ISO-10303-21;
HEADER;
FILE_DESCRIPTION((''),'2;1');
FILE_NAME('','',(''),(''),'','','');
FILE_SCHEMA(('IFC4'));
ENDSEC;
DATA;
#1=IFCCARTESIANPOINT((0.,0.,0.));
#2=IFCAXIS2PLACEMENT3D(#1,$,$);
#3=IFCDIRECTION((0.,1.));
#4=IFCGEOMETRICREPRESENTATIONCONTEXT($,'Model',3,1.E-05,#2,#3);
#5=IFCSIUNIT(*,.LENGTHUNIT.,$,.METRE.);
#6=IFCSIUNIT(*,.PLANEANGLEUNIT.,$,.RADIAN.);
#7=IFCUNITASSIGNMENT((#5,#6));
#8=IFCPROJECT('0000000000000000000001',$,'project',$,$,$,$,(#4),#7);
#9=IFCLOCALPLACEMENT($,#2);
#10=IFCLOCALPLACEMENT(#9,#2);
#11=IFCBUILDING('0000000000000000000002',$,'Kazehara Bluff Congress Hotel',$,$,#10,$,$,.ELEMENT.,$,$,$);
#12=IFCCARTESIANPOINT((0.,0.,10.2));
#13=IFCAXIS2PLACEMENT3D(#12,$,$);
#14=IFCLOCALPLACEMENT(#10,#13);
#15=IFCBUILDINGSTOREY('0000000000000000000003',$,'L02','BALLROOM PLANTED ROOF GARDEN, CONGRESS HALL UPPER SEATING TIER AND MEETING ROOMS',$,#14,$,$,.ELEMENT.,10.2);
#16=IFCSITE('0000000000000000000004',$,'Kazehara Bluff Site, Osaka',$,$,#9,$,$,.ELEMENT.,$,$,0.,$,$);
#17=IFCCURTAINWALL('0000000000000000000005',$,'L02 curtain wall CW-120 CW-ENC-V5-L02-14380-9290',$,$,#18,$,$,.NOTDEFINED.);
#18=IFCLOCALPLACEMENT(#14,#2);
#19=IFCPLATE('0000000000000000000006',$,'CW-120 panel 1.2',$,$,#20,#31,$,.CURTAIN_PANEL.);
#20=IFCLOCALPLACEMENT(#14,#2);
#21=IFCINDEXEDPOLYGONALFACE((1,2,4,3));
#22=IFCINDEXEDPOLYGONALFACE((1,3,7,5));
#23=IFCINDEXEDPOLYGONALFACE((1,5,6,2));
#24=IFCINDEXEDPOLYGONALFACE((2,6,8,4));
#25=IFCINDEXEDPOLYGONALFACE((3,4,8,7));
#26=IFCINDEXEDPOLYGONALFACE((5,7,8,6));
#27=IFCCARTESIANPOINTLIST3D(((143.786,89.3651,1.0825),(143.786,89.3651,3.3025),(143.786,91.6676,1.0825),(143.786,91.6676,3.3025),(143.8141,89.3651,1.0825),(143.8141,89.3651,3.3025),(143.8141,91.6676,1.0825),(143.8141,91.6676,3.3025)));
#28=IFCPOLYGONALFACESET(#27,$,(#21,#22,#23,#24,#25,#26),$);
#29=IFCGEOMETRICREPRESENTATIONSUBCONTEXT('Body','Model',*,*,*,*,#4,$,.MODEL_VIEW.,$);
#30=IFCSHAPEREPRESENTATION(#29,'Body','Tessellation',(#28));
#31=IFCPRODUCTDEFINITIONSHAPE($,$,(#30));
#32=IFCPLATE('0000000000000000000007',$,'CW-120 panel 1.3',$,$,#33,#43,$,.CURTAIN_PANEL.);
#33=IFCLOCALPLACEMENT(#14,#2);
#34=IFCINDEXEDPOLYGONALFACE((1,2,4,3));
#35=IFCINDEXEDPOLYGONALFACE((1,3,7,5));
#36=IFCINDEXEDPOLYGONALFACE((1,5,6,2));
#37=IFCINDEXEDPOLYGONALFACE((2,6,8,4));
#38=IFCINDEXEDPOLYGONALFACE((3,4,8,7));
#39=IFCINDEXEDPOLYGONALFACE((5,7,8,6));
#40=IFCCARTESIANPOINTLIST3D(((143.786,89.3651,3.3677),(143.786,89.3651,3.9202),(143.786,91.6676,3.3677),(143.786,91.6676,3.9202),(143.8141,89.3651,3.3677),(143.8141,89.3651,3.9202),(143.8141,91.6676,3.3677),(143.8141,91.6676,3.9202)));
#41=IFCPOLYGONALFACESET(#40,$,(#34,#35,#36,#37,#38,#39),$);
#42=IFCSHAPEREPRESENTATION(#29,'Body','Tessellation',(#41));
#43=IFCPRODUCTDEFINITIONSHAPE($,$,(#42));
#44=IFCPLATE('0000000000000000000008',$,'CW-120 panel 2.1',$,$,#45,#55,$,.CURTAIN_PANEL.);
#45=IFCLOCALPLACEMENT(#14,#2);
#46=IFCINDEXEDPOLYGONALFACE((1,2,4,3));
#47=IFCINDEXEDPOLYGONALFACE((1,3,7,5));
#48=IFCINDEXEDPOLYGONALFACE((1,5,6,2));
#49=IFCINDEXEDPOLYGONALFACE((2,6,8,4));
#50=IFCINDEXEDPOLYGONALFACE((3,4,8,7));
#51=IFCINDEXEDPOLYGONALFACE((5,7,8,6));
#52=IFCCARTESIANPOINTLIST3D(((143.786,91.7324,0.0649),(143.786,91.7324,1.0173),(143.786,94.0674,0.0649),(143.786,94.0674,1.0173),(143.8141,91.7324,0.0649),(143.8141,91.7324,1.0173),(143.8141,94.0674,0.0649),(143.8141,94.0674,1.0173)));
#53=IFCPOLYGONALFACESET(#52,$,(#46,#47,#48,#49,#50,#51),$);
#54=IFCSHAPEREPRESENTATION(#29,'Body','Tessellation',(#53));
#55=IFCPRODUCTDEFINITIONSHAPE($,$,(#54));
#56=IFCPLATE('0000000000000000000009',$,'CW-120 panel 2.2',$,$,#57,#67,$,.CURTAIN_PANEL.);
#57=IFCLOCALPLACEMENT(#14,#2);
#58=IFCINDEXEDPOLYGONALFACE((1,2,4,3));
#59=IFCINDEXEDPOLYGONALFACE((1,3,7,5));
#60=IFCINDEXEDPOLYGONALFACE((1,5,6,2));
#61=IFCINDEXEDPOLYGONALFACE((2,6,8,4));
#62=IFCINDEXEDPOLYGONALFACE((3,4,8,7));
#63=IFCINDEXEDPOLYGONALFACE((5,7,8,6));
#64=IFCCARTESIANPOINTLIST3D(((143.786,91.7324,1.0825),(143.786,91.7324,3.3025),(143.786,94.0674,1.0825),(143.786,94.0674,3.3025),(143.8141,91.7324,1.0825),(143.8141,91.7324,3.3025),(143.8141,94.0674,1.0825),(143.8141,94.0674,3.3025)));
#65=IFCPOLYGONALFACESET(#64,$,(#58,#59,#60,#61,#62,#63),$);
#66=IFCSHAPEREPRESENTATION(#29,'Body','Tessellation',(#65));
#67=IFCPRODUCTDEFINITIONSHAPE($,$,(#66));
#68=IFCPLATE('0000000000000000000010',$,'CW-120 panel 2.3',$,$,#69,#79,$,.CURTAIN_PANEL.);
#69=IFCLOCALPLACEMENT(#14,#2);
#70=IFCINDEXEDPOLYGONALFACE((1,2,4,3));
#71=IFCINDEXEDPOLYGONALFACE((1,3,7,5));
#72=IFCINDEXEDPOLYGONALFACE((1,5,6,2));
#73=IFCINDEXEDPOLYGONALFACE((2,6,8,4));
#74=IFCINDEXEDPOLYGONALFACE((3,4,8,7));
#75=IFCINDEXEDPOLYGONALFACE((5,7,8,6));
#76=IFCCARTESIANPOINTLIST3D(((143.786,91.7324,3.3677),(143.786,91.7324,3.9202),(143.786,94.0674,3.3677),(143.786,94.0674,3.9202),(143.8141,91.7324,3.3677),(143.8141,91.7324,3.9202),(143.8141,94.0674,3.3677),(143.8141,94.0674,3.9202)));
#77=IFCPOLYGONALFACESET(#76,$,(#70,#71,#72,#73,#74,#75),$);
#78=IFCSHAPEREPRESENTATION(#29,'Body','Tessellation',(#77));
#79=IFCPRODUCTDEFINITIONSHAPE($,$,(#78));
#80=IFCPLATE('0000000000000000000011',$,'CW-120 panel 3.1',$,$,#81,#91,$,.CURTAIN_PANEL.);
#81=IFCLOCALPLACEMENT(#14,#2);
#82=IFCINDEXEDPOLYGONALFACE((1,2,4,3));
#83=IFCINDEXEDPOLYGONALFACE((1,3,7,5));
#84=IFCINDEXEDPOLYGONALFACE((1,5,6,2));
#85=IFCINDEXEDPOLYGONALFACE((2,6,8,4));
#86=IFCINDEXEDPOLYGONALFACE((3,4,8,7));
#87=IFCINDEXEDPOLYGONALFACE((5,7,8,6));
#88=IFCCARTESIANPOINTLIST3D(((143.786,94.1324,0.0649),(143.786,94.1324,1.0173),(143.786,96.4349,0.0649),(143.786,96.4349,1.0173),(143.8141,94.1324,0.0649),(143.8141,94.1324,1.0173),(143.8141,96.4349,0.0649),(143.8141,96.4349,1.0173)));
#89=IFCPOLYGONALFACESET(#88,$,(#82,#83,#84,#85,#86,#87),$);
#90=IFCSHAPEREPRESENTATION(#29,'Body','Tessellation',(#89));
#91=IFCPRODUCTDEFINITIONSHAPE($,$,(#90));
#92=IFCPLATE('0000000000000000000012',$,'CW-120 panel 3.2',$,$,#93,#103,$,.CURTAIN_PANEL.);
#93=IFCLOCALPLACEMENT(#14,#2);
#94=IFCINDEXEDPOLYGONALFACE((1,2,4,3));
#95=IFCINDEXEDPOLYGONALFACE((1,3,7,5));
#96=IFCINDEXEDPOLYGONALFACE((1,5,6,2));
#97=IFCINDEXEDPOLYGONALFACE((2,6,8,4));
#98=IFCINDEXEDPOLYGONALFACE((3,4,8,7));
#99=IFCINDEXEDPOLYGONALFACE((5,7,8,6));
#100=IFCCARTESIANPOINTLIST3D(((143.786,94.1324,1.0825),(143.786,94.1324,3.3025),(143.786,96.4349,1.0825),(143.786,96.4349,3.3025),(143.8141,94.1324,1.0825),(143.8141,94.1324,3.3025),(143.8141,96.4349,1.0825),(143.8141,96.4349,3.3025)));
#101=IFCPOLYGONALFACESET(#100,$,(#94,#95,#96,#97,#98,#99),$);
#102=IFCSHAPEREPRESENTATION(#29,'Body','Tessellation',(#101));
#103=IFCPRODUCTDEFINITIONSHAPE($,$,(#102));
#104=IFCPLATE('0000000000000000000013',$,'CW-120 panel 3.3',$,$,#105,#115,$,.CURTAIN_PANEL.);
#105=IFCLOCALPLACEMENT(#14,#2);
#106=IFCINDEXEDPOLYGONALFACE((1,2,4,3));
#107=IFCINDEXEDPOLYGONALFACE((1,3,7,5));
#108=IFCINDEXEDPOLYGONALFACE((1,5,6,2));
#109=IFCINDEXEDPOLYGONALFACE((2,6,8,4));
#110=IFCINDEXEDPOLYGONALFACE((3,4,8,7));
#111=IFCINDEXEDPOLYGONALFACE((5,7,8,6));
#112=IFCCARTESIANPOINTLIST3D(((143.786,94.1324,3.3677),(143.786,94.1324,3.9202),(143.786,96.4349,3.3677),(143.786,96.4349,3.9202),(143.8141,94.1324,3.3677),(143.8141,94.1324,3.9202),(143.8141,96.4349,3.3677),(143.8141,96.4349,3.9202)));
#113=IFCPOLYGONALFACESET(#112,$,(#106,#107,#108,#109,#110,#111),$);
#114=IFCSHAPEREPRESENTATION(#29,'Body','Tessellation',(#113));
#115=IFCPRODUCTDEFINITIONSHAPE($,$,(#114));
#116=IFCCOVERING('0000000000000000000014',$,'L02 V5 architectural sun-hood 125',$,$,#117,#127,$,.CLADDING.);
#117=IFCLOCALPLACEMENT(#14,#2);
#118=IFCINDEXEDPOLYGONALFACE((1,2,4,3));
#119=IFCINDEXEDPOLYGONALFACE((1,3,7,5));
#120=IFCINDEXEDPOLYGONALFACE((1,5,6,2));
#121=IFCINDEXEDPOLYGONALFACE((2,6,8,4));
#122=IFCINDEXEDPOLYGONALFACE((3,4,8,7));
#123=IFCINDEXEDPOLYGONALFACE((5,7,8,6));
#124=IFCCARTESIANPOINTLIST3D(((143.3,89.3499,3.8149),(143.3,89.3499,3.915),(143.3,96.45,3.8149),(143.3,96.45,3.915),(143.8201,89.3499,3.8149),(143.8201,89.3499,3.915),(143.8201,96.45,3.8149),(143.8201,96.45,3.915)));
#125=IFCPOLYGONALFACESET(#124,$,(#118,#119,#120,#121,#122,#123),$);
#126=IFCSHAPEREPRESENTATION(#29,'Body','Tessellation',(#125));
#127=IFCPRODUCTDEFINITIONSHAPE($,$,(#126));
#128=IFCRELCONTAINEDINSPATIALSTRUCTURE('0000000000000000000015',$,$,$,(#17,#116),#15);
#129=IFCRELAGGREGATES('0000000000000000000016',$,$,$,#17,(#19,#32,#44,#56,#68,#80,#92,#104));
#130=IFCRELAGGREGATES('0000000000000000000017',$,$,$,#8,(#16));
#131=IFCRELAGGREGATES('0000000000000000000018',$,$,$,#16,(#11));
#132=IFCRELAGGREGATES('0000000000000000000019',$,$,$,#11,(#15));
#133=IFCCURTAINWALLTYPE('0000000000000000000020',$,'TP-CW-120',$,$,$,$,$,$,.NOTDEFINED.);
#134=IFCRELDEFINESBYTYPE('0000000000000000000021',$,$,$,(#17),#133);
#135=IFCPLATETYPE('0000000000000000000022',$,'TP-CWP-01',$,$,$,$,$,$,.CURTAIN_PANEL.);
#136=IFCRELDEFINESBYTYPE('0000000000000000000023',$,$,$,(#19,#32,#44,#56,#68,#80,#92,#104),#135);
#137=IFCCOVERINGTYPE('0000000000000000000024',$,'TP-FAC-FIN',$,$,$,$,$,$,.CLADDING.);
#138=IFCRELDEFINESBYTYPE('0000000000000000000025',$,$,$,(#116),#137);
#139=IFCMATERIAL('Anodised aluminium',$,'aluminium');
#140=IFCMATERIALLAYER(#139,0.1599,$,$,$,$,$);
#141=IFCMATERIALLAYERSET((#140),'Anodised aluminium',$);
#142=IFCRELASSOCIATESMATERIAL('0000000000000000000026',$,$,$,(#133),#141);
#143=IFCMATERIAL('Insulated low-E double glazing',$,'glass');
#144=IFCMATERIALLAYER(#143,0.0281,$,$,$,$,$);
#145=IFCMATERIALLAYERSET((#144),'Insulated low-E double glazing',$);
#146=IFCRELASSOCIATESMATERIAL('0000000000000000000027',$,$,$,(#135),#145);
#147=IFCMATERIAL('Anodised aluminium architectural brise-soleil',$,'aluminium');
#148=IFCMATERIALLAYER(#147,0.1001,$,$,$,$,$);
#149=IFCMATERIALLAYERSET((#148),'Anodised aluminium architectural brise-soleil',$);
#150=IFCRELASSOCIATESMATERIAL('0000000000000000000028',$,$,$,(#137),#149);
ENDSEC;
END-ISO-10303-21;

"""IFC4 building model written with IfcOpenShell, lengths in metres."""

from ifc_helpers import new_model, si_unit, direction, frame, origin, origin_2d, place, context, subcontext, project, spatial, rectangle, extrude, material, layer, layer_set, type_object, element, aggregate, save


model = new_model("IFC4")

# Units and contexts
model_context = context("Model", 3, precision=1e-05, world=origin(), true_north=direction((0.0, 1.0)))
body_context = subcontext(model_context, "Body", "Model", "MODEL_VIEW")
ifc_project = project(units=[si_unit("LENGTHUNIT", "METRE"), si_unit("PLANEANGLEUNIT", "RADIAN")], contexts=[model_context])

# Site, building, storey
site_placement = place(None, origin())
site = spatial("IfcSite", under=ifc_project, at=site_placement, Name="Kazehara Bluff Site, Osaka", CompositionType="ELEMENT", RefElevation=0.0)
building_placement = place(site_placement, origin())
building = spatial("IfcBuilding", under=site, at=building_placement, Name="Kazehara Bluff Congress Hotel", CompositionType="ELEMENT")
storey_placement = place(building_placement, frame((0.0, 0.0, 10.2)))
storey = spatial("IfcBuildingStorey", under=building, at=storey_placement, Name="L02", Description="BALLROOM PLANTED ROOF GARDEN, CONGRESS HALL UPPER SEATING TIER AND MEETING ROOMS", CompositionType="ELEMENT", Elevation=10.2)

# Curtain wall
ifc_material_1 = material(Name="Anodised aluminium", Category="aluminium")
ifc_layer_1 = layer(ifc_material_1, 0.1599)
ifc_layer_set_1 = layer_set([ifc_layer_1], Name="Anodised aluminium")
curtain_wall_type_1 = type_object("IfcCurtainWallType", Name="TP-CW-120", PredefinedType="NOTDEFINED", material=ifc_layer_set_1)
curtain_wall_1_placement = place(storey_placement, origin())
curtain_wall_1 = element("IfcCurtainWall", 1, at=curtain_wall_1_placement, inside=storey, type_object=curtain_wall_type_1, Name="L02 curtain wall CW-120 CW-ENC-V5-L02-14380-9290", PredefinedType="NOTDEFINED")

# Plates
ifc_material_2 = material(Name="Insulated low-E double glazing", Category="glass")
ifc_layer_2 = layer(ifc_material_2, 0.0281)
ifc_layer_set_2 = layer_set([ifc_layer_2], Name="Insulated low-E double glazing")
plate_type = type_object("IfcPlateType", Name="TP-CWP-01", PredefinedType="CURTAIN_PANEL", material=ifc_layer_set_2)
plate_1_placement = place(storey_placement, frame((143.8, 90.5164, 1.0825), z_axis=(0.0, 0.0, 1.0), x_axis=(0.0, 1.0, 0.0)))
plate_1 = element("IfcPlate", 2, at=plate_1_placement, type_object=plate_type, Name="CW-120 panel 1.2", PredefinedType="CURTAIN_PANEL", context=body_context, shape_type="SweptSolid", body=[
    extrude(rectangle(XDim=2.3025, YDim=0.0281, at=origin_2d()), origin(), (0.0, 0.0, 1.0), 2.22),
])
plate_2_placement = place(storey_placement, frame((143.8, 90.5164, 3.3677), z_axis=(0.0, 0.0, 1.0), x_axis=(0.0, 1.0, 0.0)))
plate_2 = element("IfcPlate", 3, at=plate_2_placement, type_object=plate_type, Name="CW-120 panel 1.3", PredefinedType="CURTAIN_PANEL", context=body_context, shape_type="SweptSolid", body=[
    extrude(rectangle(XDim=2.3025, YDim=0.0281, at=origin_2d()), origin(), (0.0, 0.0, 1.0), 0.5525),
])
plate_3_placement = place(storey_placement, frame((143.8, 92.8999, 0.0649), z_axis=(0.0, 0.0, 1.0), x_axis=(0.0, 1.0, 0.0)))
plate_3 = element("IfcPlate", 4, at=plate_3_placement, type_object=plate_type, Name="CW-120 panel 2.1", PredefinedType="CURTAIN_PANEL", context=body_context, shape_type="SweptSolid", body=[
    extrude(rectangle(XDim=2.335, YDim=0.0281, at=origin_2d()), origin(), (0.0, 0.0, 1.0), 0.9524),
])
plate_4_placement = place(storey_placement, frame((143.8, 92.8999, 1.0825), z_axis=(0.0, 0.0, 1.0), x_axis=(0.0, 1.0, 0.0)))
plate_4 = element("IfcPlate", 5, at=plate_4_placement, type_object=plate_type, Name="CW-120 panel 2.2", PredefinedType="CURTAIN_PANEL", context=body_context, shape_type="SweptSolid", body=[
    extrude(rectangle(XDim=2.335, YDim=0.0281, at=origin_2d()), origin(), (0.0, 0.0, 1.0), 2.22),
])
plate_5_placement = place(storey_placement, frame((143.8, 92.8999, 3.3677), z_axis=(0.0, 0.0, 1.0), x_axis=(0.0, 1.0, 0.0)))
plate_5 = element("IfcPlate", 6, at=plate_5_placement, type_object=plate_type, Name="CW-120 panel 2.3", PredefinedType="CURTAIN_PANEL", context=body_context, shape_type="SweptSolid", body=[
    extrude(rectangle(XDim=2.335, YDim=0.0281, at=origin_2d()), origin(), (0.0, 0.0, 1.0), 0.5525),
])
plate_6_placement = place(storey_placement, frame((143.8, 95.2837, 0.0649), z_axis=(0.0, 0.0, 1.0), x_axis=(0.0, 1.0, 0.0)))
plate_6 = element("IfcPlate", 7, at=plate_6_placement, type_object=plate_type, Name="CW-120 panel 3.1", PredefinedType="CURTAIN_PANEL", context=body_context, shape_type="SweptSolid", body=[
    extrude(rectangle(XDim=2.3025, YDim=0.0281, at=origin_2d()), origin(), (0.0, 0.0, 1.0), 0.9524),
])
plate_7_placement = place(storey_placement, frame((143.8, 95.2837, 1.0825), z_axis=(0.0, 0.0, 1.0), x_axis=(0.0, 1.0, 0.0)))
plate_7 = element("IfcPlate", 8, at=plate_7_placement, type_object=plate_type, Name="CW-120 panel 3.2", PredefinedType="CURTAIN_PANEL", context=body_context, shape_type="SweptSolid", body=[
    extrude(rectangle(XDim=2.3025, YDim=0.0281, at=origin_2d()), origin(), (0.0, 0.0, 1.0), 2.22),
])
plate_8_placement = place(storey_placement, frame((143.8, 95.2837, 3.3677), z_axis=(0.0, 0.0, 1.0), x_axis=(0.0, 1.0, 0.0)))
plate_8 = element("IfcPlate", 9, at=plate_8_placement, type_object=plate_type, Name="CW-120 panel 3.3", PredefinedType="CURTAIN_PANEL", context=body_context, shape_type="SweptSolid", body=[
    extrude(rectangle(XDim=2.3025, YDim=0.0281, at=origin_2d()), origin(), (0.0, 0.0, 1.0), 0.5525),
])
aggregate(curtain_wall_1, [plate_1, plate_2, plate_3, plate_4, plate_5, plate_6, plate_7, plate_8])

# Covering
ifc_material_3 = material(Name="Anodised aluminium architectural brise-soleil", Category="aluminium")
ifc_layer_3 = layer(ifc_material_3, 0.1001)
ifc_layer_set_3 = layer_set([ifc_layer_3], Name="Anodised aluminium architectural brise-soleil")
covering_type = type_object("IfcCoveringType", Name="TP-FAC-FIN", PredefinedType="CLADDING", material=ifc_layer_set_3)
covering_placement = place(storey_placement, frame((143.5601, 92.8999, 3.8149), z_axis=(0.0, 0.0, 1.0), x_axis=(1.0, 0.0, 0.0)))
element("IfcCovering", 10, at=covering_placement, inside=storey, type_object=covering_type, Name="L02 V5 architectural sun-hood 125", PredefinedType="CLADDING", context=body_context, shape_type="SweptSolid", body=[
    extrude(rectangle(XDim=0.52, YDim=7.1001, at=origin_2d()), origin(), (0.0, 0.0, 1.0), 0.1001),
])

save(model, "model.ifc")
